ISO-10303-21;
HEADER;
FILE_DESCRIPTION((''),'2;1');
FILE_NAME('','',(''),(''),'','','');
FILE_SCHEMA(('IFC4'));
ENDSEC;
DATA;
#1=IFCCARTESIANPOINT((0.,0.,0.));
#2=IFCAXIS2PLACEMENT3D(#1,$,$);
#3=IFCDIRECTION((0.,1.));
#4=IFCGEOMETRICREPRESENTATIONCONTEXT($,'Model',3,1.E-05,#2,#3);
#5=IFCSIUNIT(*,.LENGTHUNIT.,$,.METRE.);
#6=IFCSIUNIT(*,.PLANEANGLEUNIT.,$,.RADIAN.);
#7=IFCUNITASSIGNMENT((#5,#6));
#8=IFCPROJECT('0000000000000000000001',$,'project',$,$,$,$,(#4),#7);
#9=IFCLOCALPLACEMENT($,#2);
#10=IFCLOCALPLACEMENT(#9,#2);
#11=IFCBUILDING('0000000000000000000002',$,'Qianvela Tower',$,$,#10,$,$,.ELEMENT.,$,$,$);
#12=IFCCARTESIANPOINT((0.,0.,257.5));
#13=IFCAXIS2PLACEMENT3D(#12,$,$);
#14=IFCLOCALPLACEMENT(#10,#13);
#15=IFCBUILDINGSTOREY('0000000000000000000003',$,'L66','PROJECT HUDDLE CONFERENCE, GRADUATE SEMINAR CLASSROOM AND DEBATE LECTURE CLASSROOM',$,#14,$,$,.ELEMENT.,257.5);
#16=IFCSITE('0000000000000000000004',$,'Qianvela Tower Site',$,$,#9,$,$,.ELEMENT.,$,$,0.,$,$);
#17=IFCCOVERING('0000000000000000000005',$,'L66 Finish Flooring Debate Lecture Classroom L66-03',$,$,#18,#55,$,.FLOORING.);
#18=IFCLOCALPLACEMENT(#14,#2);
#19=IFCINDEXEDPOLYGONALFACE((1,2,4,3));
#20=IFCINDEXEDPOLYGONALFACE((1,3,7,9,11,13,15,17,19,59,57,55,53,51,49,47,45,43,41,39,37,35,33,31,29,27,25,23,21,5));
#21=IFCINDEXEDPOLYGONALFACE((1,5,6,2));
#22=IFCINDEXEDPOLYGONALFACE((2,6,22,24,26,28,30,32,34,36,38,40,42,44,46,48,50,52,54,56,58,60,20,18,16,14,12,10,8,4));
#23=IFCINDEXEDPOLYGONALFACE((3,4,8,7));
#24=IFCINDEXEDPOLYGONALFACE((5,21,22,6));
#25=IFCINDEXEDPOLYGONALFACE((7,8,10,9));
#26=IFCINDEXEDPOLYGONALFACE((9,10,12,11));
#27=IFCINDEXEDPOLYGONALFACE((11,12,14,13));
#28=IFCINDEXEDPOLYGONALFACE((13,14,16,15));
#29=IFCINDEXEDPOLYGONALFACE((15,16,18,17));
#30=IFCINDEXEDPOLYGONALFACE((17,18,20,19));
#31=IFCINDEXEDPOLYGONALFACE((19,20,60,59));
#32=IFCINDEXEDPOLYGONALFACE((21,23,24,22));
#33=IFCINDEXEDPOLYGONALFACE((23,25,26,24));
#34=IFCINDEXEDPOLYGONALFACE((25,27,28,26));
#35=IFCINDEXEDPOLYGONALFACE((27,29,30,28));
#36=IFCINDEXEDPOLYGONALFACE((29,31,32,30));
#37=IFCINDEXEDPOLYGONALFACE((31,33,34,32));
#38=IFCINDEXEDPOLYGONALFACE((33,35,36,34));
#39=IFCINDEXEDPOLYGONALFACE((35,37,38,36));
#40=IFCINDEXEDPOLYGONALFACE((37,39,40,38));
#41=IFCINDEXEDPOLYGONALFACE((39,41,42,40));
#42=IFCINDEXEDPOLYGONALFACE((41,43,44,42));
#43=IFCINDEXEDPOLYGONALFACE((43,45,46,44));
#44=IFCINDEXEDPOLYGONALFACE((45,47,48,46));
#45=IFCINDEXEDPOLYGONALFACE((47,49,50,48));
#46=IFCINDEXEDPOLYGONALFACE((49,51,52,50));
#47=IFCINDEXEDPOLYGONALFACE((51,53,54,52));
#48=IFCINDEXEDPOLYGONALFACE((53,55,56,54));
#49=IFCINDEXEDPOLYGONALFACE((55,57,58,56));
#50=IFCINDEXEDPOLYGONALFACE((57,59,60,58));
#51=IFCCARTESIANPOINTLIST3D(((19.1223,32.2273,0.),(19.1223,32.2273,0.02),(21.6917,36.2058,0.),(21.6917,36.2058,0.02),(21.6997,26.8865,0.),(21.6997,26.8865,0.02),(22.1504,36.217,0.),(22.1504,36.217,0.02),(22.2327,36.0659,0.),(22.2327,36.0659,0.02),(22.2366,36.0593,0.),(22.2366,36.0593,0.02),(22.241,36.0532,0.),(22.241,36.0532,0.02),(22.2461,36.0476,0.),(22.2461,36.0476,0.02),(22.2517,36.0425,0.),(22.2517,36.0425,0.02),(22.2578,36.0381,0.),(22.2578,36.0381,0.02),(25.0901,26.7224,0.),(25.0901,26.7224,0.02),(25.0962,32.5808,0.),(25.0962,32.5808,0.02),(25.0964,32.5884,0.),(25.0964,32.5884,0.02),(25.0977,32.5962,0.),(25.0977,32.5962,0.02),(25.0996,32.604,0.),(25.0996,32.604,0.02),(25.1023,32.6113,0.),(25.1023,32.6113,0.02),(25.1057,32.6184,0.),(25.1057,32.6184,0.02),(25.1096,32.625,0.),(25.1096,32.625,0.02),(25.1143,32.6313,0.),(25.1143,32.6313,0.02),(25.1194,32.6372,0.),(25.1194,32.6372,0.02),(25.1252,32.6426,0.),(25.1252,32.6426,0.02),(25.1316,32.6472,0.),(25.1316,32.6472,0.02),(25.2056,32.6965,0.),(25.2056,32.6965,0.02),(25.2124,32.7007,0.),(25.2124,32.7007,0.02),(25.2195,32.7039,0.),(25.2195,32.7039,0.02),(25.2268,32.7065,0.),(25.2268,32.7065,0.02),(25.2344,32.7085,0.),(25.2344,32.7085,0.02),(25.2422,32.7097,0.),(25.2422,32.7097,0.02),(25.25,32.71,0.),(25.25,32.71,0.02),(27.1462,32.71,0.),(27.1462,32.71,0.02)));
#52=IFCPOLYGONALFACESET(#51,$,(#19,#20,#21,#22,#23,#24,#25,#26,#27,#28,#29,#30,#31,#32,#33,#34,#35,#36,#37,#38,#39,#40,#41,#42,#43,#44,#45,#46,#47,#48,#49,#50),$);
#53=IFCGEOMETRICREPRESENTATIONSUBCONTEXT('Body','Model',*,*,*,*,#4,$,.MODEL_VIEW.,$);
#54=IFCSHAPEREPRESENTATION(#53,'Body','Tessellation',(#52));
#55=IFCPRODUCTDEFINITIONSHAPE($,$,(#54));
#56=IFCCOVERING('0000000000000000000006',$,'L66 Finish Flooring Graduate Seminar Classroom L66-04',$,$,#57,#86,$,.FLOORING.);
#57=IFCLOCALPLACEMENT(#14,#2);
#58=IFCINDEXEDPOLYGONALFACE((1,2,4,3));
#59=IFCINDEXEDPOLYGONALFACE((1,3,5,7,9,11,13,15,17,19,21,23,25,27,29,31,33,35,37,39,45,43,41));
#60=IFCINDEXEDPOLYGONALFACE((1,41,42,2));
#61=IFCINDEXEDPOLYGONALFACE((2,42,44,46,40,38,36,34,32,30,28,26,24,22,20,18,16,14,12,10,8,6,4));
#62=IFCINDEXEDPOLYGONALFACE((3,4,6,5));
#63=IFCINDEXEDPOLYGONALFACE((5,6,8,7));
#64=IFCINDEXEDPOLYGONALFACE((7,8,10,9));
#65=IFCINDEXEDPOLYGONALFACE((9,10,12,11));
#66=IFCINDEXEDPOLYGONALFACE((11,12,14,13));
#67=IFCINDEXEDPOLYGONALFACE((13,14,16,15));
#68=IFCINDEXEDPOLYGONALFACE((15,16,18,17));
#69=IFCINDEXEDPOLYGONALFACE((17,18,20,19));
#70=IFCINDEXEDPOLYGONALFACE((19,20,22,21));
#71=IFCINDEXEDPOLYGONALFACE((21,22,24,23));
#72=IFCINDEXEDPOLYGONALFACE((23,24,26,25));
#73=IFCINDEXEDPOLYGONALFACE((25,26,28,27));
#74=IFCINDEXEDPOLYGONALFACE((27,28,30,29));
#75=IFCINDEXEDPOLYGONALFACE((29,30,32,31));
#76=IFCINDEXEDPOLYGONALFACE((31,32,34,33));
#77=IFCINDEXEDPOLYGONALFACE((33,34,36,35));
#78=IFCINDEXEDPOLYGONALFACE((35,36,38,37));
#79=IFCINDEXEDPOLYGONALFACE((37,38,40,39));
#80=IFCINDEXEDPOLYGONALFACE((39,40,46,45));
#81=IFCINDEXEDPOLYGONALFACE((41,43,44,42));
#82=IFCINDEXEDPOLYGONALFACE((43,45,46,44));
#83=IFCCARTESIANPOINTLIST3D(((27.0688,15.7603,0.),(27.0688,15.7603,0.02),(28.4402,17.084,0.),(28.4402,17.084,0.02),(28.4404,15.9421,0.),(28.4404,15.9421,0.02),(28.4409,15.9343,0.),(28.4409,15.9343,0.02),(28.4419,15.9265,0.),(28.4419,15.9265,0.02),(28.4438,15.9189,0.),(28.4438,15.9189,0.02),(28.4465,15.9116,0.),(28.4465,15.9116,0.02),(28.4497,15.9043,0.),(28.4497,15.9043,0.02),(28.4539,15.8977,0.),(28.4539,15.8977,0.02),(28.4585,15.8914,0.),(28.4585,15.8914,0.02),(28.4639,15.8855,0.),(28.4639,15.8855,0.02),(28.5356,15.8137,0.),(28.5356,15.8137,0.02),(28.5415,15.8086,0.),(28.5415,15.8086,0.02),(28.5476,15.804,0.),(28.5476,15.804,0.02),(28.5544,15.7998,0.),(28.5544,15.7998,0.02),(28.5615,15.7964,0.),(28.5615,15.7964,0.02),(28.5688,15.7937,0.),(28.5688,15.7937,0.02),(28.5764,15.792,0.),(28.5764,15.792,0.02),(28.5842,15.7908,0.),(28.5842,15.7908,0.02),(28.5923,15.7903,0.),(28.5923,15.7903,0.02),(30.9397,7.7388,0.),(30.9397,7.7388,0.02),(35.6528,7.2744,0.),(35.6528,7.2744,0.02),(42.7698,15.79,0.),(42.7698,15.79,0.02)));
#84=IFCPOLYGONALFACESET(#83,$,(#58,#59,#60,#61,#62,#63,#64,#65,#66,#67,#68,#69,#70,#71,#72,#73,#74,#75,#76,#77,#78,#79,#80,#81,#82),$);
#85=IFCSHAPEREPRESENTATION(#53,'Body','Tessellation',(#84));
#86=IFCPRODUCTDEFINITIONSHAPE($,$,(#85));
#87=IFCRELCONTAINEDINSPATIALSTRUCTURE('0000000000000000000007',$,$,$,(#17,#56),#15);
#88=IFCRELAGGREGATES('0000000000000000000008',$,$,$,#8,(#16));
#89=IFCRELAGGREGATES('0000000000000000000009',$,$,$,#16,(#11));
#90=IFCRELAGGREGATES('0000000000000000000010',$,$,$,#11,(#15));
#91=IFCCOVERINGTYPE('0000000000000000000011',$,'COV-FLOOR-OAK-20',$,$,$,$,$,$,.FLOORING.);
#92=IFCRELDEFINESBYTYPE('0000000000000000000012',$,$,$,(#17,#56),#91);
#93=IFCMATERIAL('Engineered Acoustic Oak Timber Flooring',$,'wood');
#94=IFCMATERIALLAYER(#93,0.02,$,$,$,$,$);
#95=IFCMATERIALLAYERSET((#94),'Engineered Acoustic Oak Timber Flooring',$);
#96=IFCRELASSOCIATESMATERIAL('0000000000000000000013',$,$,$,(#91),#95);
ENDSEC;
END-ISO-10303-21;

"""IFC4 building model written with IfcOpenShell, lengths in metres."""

from ifc_helpers import new_model, si_unit, direction, frame, origin, place, context, subcontext, project, spatial, polyline, outline, extrude, material, layer, layer_set, type_object, element, save


model = new_model("IFC4")

# Units and contexts
model_context = context("Model", 3, precision=1e-05, world=origin(), true_north=direction((0.0, 1.0)))
body_context = subcontext(model_context, "Body", "Model", "MODEL_VIEW")
ifc_project = project(units=[si_unit("LENGTHUNIT", "METRE"), si_unit("PLANEANGLEUNIT", "RADIAN")], contexts=[model_context])

# Site, building, storey
site_placement = place(None, origin())
site = spatial("IfcSite", under=ifc_project, at=site_placement, Name="Qianvela Tower Site", CompositionType="ELEMENT", RefElevation=0.0)
building_placement = place(site_placement, origin())
building = spatial("IfcBuilding", under=site, at=building_placement, Name="Qianvela Tower", CompositionType="ELEMENT")
storey_placement = place(building_placement, frame((0.0, 0.0, 257.5)))
storey = spatial("IfcBuildingStorey", under=building, at=storey_placement, Name="L66", Description="PROJECT HUDDLE CONFERENCE, GRADUATE SEMINAR CLASSROOM AND DEBATE LECTURE CLASSROOM", CompositionType="ELEMENT", Elevation=257.5)

# Coverings
ifc_material_1 = material(Name="Engineered Acoustic Oak Timber Flooring", Category="wood")
ifc_layer_1 = layer(ifc_material_1, 0.02)
ifc_layer_set_1 = layer_set([ifc_layer_1], Name="Engineered Acoustic Oak Timber Flooring")
covering_type_1 = type_object("IfcCoveringType", Name="COV-FLOOR-OAK-20", PredefinedType="FLOORING", material=ifc_layer_set_1)
covering_1_placement = place(storey_placement, origin())
element("IfcCovering", 1, at=covering_1_placement, inside=storey, type_object=covering_type_1, Name="L66 Finish Flooring Debate Lecture Classroom L66-03", PredefinedType="FLOORING", context=body_context, shape_type="SweptSolid", body=[
    extrude(outline(polyline([(25.25, 32.71), (25.2422, 32.7097), (25.2344, 32.7085), (25.2268, 32.7065), (25.2195, 32.7039), (25.2124, 32.7007), (25.2056, 32.6965), (25.1316, 32.6472), (25.1252, 32.6426), (25.1194, 32.6372), (25.1143, 32.6313), (25.1096, 32.625), (25.1057, 32.6184), (25.1023, 32.6113), (25.0996, 32.604), (25.0977, 32.5962), (25.0964, 32.5884), (25.0962, 32.5808), (25.0901, 26.7224), (21.6997, 26.8865), (19.1223, 32.2273), (21.6917, 36.2058), (22.1504, 36.217), (22.2327, 36.0659), (22.2366, 36.0593), (22.241, 36.0532), (22.2461, 36.0476), (22.2517, 36.0425), (22.2578, 36.0381), (27.1462, 32.71), (25.25, 32.71)])), origin(), (0.0, 0.0, 1.0), 0.02),
])
covering_2_placement = place(storey_placement, origin())
element("IfcCovering", 2, at=covering_2_placement, inside=storey, type_object=covering_type_1, Name="L66 Finish Flooring Graduate Seminar Classroom L66-04", PredefinedType="FLOORING", context=body_context, shape_type="SweptSolid", body=[
    extrude(outline(polyline([(42.7698, 15.79), (35.6528, 7.2744), (30.9397, 7.7388), (27.0688, 15.7603), (28.4402, 17.084), (28.4404, 15.9421), (28.4409, 15.9343), (28.4419, 15.9265), (28.4438, 15.9189), (28.4465, 15.9116), (28.4497, 15.9043), (28.4539, 15.8977), (28.4585, 15.8914), (28.4639, 15.8855), (28.5356, 15.8137), (28.5415, 15.8086), (28.5476, 15.804), (28.5544, 15.7998), (28.5615, 15.7964), (28.5688, 15.7937), (28.5764, 15.792), (28.5842, 15.7908), (28.5923, 15.7903), (42.7698, 15.79)])), origin(), (0.0, 0.0, 1.0), 0.02),
])

save(model, "model.ifc")
